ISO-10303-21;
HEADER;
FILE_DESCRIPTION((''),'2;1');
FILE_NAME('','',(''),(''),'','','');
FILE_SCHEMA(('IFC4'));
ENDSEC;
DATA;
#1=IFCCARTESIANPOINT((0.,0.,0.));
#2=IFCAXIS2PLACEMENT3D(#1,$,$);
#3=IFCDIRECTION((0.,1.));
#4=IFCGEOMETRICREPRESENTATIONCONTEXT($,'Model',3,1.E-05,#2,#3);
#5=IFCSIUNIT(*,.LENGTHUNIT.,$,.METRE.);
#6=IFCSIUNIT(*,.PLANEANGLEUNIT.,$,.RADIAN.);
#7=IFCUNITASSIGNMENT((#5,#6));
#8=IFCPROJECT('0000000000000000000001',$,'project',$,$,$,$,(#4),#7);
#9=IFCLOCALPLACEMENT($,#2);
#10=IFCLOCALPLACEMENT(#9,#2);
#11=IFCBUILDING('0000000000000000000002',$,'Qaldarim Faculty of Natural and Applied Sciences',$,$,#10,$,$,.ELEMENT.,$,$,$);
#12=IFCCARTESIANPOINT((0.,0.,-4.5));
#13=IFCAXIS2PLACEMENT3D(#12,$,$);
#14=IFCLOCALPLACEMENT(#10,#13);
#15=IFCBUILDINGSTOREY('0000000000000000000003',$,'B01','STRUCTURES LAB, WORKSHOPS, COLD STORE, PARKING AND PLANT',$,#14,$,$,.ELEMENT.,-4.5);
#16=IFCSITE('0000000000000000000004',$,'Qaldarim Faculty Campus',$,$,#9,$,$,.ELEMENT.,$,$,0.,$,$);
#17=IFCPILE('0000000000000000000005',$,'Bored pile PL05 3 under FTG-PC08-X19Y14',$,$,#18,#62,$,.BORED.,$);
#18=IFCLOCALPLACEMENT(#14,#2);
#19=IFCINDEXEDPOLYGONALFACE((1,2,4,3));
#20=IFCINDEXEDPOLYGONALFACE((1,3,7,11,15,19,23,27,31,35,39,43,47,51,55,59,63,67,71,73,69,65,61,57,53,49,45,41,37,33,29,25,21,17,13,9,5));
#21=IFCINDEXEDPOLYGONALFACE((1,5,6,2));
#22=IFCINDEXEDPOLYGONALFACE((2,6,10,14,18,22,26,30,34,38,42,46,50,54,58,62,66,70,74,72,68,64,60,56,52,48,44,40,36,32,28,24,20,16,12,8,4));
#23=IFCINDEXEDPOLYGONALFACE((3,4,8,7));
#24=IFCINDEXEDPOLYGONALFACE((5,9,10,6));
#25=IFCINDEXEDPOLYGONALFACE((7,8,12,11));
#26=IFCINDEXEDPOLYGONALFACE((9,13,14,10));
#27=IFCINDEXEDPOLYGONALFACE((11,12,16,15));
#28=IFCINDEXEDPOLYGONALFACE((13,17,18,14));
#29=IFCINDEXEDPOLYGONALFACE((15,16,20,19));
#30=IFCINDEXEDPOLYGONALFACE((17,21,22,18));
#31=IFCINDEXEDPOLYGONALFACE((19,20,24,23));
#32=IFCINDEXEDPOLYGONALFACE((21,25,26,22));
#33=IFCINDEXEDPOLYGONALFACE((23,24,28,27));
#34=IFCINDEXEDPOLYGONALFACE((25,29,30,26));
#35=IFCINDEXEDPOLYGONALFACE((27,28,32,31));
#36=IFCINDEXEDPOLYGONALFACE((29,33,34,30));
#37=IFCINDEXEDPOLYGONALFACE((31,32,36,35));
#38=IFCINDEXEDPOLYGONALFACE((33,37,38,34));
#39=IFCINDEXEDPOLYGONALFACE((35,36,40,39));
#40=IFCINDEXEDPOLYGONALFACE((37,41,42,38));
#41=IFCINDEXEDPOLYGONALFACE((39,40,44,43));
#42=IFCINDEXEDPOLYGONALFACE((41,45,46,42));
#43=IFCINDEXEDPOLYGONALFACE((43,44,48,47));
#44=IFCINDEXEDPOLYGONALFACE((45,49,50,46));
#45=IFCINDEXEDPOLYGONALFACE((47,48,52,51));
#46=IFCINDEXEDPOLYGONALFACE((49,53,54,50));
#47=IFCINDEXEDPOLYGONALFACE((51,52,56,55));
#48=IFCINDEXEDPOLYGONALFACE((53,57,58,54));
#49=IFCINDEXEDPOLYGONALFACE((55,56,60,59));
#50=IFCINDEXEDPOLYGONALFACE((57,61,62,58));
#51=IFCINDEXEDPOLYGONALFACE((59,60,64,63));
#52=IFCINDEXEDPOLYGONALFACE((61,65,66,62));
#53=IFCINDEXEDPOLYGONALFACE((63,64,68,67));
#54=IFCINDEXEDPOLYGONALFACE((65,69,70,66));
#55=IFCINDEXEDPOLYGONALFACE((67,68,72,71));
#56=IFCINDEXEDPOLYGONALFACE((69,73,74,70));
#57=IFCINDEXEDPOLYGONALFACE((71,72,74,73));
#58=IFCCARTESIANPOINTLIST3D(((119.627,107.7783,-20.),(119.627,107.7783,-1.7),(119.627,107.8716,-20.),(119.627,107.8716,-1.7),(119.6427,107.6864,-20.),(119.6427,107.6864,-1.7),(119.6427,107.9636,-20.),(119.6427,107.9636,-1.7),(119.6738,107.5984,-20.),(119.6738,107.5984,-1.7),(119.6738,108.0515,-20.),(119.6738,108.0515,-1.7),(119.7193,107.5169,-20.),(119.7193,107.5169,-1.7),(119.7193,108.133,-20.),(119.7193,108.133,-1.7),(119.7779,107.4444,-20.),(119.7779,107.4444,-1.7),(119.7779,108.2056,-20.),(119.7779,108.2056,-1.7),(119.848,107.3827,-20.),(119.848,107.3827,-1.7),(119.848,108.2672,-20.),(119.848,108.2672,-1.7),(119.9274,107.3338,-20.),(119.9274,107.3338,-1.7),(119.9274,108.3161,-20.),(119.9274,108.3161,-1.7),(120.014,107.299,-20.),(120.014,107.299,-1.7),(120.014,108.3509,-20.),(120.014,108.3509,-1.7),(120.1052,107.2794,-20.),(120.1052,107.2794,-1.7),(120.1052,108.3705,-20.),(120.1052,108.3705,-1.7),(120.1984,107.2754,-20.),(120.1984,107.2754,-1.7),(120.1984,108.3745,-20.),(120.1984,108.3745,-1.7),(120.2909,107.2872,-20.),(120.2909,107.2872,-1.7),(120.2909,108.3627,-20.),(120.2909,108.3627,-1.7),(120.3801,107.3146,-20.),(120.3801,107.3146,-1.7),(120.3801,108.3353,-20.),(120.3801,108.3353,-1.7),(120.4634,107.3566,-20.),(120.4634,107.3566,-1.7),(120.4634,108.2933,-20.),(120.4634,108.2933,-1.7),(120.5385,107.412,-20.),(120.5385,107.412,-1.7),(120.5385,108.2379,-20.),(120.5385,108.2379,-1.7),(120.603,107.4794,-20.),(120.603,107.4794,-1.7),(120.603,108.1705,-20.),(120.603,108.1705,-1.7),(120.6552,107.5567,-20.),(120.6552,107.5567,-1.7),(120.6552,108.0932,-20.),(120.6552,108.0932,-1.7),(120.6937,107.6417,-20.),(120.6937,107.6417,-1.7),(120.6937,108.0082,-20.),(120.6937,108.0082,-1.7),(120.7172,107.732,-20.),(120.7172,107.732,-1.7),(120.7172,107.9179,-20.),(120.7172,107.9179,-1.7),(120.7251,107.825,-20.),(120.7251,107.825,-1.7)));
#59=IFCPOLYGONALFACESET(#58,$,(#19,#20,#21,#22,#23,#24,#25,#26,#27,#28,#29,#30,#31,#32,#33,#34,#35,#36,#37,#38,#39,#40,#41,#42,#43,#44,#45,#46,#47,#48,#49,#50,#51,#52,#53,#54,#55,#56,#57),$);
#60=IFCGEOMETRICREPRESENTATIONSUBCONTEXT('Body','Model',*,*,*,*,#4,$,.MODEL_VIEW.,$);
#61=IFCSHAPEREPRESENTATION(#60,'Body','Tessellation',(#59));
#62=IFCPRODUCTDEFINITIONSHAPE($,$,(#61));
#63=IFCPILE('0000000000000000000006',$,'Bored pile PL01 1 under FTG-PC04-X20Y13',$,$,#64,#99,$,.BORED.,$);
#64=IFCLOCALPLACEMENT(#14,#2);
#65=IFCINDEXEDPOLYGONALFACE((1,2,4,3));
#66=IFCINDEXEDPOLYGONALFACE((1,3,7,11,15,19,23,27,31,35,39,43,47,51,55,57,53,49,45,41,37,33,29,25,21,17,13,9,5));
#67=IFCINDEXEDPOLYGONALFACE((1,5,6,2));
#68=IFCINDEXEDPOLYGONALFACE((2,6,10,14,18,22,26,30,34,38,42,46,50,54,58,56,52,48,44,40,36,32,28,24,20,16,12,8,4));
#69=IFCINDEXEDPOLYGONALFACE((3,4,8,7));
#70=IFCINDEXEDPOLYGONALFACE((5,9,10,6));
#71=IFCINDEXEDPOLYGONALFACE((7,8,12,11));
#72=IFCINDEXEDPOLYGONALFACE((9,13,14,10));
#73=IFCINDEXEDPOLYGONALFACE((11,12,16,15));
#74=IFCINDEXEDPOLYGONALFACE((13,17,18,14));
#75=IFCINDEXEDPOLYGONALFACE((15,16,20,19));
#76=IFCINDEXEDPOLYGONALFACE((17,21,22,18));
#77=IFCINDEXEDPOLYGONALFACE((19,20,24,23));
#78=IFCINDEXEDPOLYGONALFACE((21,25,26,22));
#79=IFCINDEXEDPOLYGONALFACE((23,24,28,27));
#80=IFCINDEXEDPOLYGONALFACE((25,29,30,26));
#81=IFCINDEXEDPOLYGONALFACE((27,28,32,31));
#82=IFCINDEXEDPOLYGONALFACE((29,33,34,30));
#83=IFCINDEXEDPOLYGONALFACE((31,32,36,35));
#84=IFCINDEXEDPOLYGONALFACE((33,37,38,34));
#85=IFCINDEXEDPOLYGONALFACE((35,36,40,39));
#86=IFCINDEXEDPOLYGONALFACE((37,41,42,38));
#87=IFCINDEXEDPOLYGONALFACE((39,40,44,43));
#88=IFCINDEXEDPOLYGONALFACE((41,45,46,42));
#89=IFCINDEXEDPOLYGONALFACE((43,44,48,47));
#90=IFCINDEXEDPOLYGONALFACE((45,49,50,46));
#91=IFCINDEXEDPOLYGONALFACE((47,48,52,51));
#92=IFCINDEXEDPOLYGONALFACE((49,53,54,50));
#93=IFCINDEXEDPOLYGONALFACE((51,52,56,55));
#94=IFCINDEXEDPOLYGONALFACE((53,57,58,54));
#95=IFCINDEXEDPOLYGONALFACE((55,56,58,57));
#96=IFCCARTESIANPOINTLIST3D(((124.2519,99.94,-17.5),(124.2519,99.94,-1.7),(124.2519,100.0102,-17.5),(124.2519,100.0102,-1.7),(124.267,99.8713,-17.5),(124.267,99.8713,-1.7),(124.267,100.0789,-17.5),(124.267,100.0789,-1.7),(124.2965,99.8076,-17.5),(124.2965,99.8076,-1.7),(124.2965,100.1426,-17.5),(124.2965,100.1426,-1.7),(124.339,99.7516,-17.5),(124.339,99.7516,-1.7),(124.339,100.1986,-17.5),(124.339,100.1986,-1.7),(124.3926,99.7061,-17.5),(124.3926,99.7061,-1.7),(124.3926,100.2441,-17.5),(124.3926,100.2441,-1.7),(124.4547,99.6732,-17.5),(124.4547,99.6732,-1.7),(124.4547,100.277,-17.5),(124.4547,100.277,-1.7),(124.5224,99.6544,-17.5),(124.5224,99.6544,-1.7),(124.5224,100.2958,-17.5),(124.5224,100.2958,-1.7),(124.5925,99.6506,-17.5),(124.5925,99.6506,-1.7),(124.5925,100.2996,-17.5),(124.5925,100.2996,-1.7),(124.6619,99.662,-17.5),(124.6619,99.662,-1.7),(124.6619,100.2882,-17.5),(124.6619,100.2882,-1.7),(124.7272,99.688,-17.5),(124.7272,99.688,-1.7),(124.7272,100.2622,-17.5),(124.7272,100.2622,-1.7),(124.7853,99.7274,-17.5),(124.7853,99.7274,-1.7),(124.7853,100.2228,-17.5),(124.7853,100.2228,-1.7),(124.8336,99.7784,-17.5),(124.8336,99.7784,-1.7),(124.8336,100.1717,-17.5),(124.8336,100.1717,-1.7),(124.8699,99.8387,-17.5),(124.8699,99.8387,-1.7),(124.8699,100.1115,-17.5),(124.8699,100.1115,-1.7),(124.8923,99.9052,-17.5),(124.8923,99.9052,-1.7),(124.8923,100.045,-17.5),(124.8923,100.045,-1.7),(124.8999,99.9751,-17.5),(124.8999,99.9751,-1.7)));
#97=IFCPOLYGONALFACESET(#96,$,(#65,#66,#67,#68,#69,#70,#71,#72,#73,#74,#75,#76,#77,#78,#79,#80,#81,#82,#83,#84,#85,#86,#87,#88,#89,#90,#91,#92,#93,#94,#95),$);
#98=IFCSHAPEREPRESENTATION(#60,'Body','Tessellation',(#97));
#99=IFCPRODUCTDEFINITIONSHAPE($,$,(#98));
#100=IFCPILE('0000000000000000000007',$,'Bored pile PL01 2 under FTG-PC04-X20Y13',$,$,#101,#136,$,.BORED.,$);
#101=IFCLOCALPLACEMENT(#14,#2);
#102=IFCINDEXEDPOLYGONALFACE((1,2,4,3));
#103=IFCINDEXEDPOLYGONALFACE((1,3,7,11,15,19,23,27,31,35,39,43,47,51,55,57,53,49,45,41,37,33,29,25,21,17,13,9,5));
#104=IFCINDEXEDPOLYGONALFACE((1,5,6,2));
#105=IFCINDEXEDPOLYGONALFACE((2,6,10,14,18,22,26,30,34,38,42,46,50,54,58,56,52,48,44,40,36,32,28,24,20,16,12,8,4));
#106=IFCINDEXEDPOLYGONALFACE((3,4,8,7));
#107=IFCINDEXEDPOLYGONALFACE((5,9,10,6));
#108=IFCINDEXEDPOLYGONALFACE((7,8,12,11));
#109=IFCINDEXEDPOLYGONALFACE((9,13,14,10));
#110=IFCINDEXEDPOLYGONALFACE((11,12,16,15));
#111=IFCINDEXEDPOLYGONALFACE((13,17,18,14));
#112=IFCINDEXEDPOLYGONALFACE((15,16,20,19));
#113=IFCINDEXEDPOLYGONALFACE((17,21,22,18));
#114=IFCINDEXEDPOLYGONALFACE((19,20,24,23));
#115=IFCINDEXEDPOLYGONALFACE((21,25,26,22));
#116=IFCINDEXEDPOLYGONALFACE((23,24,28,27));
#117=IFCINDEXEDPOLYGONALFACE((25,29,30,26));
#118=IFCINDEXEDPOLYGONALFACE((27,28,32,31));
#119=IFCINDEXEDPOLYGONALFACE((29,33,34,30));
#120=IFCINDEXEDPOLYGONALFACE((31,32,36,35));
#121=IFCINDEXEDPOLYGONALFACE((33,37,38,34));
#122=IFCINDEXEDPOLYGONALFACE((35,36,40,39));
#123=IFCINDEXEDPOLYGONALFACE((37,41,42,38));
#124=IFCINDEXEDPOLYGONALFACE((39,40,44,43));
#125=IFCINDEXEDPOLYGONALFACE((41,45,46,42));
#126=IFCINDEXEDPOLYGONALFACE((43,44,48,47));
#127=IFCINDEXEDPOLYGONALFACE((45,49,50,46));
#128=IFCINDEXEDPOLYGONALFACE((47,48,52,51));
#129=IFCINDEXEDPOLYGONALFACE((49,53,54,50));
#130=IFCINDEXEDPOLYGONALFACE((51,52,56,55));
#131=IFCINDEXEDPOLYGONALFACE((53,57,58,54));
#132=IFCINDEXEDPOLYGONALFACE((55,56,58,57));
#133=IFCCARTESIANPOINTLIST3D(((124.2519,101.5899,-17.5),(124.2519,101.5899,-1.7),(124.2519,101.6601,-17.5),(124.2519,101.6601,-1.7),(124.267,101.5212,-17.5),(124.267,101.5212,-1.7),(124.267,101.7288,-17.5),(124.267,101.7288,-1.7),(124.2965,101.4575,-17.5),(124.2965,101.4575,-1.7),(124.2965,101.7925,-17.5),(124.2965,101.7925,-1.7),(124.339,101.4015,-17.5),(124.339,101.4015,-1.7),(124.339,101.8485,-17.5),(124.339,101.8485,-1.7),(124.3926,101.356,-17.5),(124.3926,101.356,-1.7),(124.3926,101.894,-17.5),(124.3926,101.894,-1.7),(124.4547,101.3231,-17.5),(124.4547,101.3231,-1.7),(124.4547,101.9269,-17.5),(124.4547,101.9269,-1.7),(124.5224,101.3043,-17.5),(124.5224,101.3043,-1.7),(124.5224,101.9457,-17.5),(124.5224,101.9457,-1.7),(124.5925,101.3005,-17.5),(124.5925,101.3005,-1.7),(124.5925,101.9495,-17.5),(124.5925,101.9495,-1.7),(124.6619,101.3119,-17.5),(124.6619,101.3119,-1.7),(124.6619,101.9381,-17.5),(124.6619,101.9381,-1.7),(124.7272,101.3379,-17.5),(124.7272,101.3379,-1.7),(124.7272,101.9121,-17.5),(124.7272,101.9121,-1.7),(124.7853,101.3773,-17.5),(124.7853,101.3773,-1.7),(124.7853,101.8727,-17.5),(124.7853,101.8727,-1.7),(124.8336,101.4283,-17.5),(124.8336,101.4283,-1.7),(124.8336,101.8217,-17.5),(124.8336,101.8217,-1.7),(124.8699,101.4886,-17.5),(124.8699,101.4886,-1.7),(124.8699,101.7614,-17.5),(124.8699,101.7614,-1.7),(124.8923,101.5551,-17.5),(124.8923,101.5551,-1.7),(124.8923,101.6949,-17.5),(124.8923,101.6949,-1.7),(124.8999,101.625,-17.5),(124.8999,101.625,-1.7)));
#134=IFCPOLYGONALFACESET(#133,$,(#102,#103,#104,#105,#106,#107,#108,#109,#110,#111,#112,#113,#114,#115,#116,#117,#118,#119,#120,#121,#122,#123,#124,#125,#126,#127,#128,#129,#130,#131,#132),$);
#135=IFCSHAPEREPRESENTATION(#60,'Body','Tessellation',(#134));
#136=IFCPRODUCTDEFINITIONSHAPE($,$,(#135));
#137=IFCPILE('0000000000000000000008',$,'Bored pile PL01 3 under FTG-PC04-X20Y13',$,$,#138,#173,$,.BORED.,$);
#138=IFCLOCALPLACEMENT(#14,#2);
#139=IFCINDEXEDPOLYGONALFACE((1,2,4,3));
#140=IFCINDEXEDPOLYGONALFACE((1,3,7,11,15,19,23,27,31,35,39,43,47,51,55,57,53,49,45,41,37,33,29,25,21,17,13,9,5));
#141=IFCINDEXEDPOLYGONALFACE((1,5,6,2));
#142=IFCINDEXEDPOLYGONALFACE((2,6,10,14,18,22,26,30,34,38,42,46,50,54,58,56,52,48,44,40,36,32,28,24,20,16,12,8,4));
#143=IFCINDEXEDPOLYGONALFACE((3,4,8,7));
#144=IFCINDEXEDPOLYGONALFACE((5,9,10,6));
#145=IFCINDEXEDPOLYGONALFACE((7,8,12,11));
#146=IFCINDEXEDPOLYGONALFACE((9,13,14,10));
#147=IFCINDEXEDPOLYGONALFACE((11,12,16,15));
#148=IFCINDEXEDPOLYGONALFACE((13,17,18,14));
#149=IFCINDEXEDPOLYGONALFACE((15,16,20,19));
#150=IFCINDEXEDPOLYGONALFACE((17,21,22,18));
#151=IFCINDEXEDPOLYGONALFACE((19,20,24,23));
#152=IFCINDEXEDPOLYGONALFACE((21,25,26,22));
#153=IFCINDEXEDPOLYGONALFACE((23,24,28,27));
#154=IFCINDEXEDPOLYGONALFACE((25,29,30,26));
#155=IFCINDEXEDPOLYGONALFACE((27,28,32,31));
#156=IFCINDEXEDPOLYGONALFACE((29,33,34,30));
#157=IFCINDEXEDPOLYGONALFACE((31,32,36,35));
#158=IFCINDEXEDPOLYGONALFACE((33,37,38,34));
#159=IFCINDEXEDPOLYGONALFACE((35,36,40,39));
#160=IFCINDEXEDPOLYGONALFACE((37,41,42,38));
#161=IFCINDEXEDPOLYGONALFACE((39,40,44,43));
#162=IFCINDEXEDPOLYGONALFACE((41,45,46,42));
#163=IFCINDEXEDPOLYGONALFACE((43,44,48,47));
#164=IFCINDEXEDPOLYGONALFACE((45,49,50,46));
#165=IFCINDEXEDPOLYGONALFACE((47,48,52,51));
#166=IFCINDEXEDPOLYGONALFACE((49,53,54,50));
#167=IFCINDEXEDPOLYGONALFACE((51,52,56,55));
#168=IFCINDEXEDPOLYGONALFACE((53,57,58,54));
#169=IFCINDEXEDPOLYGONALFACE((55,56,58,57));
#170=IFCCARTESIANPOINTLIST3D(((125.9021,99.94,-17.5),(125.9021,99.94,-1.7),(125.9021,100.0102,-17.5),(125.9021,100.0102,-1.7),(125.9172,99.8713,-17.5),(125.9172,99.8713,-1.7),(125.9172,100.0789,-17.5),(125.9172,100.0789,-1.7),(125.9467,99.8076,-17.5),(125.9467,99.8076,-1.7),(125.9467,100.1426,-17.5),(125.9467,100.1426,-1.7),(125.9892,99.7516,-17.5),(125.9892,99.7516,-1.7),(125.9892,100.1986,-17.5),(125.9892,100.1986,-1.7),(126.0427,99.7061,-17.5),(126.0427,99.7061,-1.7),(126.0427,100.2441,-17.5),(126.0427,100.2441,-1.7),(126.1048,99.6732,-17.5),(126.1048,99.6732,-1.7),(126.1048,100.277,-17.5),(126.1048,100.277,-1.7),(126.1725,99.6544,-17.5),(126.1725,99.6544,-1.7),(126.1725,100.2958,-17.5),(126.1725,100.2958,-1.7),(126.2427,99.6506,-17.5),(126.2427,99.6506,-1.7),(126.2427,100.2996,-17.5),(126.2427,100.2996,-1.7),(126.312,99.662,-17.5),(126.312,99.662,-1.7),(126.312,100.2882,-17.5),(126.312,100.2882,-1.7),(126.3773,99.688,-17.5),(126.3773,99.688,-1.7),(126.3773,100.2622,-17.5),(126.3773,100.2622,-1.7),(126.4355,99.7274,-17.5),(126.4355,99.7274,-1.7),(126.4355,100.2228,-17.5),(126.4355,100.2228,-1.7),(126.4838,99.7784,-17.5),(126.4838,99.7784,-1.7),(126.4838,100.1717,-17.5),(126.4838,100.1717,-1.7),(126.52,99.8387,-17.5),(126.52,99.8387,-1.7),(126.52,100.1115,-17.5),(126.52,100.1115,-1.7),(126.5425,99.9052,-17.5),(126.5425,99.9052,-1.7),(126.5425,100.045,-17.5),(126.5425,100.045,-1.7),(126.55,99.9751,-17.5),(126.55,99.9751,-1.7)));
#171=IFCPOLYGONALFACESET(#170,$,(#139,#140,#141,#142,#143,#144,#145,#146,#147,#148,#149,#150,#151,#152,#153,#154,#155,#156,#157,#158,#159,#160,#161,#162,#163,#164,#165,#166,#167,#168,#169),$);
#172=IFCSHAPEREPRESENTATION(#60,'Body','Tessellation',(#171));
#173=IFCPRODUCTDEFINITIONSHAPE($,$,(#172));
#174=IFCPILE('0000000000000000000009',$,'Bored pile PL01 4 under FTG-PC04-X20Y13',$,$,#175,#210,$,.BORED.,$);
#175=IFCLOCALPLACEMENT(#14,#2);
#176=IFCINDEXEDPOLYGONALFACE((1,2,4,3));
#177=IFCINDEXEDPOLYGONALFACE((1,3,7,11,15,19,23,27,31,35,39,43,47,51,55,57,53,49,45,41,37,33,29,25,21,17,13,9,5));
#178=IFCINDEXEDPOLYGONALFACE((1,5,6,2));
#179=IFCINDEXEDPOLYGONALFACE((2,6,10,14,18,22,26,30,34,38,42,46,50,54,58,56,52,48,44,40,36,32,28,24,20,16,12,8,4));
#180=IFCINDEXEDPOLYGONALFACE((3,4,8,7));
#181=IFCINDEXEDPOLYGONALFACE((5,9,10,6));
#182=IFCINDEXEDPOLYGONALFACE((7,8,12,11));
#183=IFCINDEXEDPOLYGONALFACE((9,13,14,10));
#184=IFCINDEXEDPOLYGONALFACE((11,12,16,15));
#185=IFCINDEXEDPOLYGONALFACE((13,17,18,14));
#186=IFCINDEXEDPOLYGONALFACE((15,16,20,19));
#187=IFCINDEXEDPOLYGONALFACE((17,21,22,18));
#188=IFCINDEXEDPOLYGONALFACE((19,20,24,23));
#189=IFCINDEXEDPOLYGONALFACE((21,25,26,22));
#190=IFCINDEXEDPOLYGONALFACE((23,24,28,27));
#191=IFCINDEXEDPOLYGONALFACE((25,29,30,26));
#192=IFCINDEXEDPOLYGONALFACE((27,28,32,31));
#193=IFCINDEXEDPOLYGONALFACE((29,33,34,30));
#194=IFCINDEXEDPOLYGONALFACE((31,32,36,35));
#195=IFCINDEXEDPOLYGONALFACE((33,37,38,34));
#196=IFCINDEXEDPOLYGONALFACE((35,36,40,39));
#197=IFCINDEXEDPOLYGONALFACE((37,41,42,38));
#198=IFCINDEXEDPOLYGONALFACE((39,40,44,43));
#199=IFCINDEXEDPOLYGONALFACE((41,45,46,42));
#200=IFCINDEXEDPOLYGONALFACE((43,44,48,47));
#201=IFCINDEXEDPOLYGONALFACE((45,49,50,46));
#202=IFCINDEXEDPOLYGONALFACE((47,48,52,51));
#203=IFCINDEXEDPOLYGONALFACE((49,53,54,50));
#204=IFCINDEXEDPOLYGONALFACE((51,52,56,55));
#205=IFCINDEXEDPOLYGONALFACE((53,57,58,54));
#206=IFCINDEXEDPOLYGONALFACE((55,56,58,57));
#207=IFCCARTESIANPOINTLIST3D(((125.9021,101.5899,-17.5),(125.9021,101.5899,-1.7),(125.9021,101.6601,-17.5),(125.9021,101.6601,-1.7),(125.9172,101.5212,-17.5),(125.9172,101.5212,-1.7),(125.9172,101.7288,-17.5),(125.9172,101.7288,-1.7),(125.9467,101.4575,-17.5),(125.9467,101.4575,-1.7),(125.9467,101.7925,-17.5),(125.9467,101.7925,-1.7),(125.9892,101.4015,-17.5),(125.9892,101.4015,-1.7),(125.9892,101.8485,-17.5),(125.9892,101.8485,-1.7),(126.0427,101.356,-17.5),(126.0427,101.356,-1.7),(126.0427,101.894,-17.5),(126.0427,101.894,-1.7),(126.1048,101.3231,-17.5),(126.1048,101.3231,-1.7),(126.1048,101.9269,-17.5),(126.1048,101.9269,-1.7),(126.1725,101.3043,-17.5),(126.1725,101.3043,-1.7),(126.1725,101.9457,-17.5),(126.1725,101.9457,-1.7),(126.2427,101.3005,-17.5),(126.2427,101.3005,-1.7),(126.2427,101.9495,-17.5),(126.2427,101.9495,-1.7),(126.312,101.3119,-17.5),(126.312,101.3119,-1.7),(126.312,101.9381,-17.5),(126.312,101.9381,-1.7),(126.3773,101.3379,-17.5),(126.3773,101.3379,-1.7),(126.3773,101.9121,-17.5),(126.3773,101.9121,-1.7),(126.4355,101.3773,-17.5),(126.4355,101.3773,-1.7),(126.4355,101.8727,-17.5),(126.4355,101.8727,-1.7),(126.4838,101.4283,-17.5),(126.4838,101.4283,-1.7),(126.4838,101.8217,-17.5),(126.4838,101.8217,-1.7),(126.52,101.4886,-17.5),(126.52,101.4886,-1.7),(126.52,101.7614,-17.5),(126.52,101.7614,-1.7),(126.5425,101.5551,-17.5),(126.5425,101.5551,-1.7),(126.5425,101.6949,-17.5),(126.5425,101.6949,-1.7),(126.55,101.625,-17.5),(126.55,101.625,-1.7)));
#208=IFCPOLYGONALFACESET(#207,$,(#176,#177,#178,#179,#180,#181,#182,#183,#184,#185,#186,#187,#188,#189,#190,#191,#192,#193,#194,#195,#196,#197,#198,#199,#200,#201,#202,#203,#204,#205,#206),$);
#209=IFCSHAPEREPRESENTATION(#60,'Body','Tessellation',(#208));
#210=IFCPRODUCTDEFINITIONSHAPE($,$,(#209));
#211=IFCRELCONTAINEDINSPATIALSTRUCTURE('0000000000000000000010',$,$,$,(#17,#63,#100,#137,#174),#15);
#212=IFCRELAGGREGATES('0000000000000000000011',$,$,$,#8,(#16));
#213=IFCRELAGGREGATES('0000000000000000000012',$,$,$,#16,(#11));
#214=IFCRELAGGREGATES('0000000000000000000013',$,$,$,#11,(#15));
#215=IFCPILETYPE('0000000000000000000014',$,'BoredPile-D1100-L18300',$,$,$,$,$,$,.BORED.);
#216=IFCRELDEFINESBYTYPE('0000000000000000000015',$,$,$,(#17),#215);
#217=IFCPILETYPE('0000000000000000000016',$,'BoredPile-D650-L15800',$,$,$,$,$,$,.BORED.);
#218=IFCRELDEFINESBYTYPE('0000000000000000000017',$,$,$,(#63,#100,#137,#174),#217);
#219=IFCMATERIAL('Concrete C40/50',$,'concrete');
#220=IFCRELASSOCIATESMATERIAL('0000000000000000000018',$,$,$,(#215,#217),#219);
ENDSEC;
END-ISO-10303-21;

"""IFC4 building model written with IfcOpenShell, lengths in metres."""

from ifc_helpers import new_model, si_unit, direction, frame, origin, origin_2d, place, context, subcontext, project, spatial, circle, extrude, material, material_profile, profile_set, type_object, element, save


model = new_model("IFC4")

# Units and contexts
model_context = context("Model", 3, precision=1e-05, world=origin(), true_north=direction((0.0, 1.0)))
body_context = subcontext(model_context, "Body", "Model", "MODEL_VIEW")
ifc_project = project(units=[si_unit("LENGTHUNIT", "METRE"), si_unit("PLANEANGLEUNIT", "RADIAN")], contexts=[model_context])

# Site, building, storey
site_placement = place(None, origin())
site = spatial("IfcSite", under=ifc_project, at=site_placement, Name="Qaldarim Faculty Campus", CompositionType="ELEMENT", RefElevation=0.0)
building_placement = place(site_placement, origin())
building = spatial("IfcBuilding", under=site, at=building_placement, Name="Qaldarim Faculty of Natural and Applied Sciences", CompositionType="ELEMENT")
storey_placement = place(building_placement, frame((0.0, 0.0, -4.5)))
storey = spatial("IfcBuildingStorey", under=building, at=storey_placement, Name="B01", Description="STRUCTURES LAB, WORKSHOPS, COLD STORE, PARKING AND PLANT", CompositionType="ELEMENT", Elevation=-4.5)

# Piles
ifc_material_1 = material(Name="Concrete C40/50", Category="concrete")
ifc_material_profile_1 = material_profile(ifc_material_1, circle(Radius=0.55, at=origin_2d()), Name="PILE-D1100")
ifc_profile_set_1 = profile_set([ifc_material_profile_1], Name="Concrete C40/50")
pile_type_1 = type_object("IfcPileType", Name="BoredPile-D1100-L18300", PredefinedType="BORED", material=ifc_profile_set_1)
pile_placement = place(storey_placement, frame((120.175, 107.825, -1.7), z_axis=(0.0, 0.0, -1.0), x_axis=(1.0, 0.0, 0.0)))
element("IfcPile", 1, at=pile_placement, inside=storey, type_object=pile_type_1, Name="Bored pile PL05 3 under FTG-PC08-X19Y14", PredefinedType="BORED", context=body_context, shape_type="SweptSolid", body=[
    extrude(circle(Radius=0.55, at=origin_2d()), origin(), (0.0, 0.0, 1.0), 18.3),
])
ifc_material_profile_2 = material_profile(ifc_material_1, circle(Radius=0.325, at=origin_2d()), Name="PILE-D650")
ifc_profile_set_2 = profile_set([ifc_material_profile_2], Name="Concrete C40/50")
pile_type_2 = type_object("IfcPileType", Name="BoredPile-D650-L15800", PredefinedType="BORED", material=ifc_profile_set_2)
for number, where, z_axis, x_axis, name in (
    (2, (124.575, 99.9751, -1.7), (0.0, 0.0, -1.0), (1.0, 0.0, 0.0), "Bored pile PL01 1 under FTG-PC04-X20Y13"),
    (3, (124.575, 101.625, -1.7), (0.0, 0.0, -1.0), (1.0, 0.0, 0.0), "Bored pile PL01 2 under FTG-PC04-X20Y13"),
    (4, (126.2251, 99.9751, -1.7), (0.0, 0.0, -1.0), (1.0, 0.0, 0.0), "Bored pile PL01 3 under FTG-PC04-X20Y13"),
    (5, (126.2251, 101.625, -1.7), (0.0, 0.0, -1.0), (1.0, 0.0, 0.0), "Bored pile PL01 4 under FTG-PC04-X20Y13"),
):
    element("IfcPile", number, at=place(storey_placement, frame(where, z_axis=z_axis, x_axis=x_axis)), inside=storey, type_object=pile_type_2, Name=name, PredefinedType="BORED", context=body_context, shape_type="SweptSolid", body=[
        extrude(circle(Radius=0.325, at=origin_2d()), origin(), (0.0, 0.0, 1.0), 15.8),
    ])

save(model, "model.ifc")
